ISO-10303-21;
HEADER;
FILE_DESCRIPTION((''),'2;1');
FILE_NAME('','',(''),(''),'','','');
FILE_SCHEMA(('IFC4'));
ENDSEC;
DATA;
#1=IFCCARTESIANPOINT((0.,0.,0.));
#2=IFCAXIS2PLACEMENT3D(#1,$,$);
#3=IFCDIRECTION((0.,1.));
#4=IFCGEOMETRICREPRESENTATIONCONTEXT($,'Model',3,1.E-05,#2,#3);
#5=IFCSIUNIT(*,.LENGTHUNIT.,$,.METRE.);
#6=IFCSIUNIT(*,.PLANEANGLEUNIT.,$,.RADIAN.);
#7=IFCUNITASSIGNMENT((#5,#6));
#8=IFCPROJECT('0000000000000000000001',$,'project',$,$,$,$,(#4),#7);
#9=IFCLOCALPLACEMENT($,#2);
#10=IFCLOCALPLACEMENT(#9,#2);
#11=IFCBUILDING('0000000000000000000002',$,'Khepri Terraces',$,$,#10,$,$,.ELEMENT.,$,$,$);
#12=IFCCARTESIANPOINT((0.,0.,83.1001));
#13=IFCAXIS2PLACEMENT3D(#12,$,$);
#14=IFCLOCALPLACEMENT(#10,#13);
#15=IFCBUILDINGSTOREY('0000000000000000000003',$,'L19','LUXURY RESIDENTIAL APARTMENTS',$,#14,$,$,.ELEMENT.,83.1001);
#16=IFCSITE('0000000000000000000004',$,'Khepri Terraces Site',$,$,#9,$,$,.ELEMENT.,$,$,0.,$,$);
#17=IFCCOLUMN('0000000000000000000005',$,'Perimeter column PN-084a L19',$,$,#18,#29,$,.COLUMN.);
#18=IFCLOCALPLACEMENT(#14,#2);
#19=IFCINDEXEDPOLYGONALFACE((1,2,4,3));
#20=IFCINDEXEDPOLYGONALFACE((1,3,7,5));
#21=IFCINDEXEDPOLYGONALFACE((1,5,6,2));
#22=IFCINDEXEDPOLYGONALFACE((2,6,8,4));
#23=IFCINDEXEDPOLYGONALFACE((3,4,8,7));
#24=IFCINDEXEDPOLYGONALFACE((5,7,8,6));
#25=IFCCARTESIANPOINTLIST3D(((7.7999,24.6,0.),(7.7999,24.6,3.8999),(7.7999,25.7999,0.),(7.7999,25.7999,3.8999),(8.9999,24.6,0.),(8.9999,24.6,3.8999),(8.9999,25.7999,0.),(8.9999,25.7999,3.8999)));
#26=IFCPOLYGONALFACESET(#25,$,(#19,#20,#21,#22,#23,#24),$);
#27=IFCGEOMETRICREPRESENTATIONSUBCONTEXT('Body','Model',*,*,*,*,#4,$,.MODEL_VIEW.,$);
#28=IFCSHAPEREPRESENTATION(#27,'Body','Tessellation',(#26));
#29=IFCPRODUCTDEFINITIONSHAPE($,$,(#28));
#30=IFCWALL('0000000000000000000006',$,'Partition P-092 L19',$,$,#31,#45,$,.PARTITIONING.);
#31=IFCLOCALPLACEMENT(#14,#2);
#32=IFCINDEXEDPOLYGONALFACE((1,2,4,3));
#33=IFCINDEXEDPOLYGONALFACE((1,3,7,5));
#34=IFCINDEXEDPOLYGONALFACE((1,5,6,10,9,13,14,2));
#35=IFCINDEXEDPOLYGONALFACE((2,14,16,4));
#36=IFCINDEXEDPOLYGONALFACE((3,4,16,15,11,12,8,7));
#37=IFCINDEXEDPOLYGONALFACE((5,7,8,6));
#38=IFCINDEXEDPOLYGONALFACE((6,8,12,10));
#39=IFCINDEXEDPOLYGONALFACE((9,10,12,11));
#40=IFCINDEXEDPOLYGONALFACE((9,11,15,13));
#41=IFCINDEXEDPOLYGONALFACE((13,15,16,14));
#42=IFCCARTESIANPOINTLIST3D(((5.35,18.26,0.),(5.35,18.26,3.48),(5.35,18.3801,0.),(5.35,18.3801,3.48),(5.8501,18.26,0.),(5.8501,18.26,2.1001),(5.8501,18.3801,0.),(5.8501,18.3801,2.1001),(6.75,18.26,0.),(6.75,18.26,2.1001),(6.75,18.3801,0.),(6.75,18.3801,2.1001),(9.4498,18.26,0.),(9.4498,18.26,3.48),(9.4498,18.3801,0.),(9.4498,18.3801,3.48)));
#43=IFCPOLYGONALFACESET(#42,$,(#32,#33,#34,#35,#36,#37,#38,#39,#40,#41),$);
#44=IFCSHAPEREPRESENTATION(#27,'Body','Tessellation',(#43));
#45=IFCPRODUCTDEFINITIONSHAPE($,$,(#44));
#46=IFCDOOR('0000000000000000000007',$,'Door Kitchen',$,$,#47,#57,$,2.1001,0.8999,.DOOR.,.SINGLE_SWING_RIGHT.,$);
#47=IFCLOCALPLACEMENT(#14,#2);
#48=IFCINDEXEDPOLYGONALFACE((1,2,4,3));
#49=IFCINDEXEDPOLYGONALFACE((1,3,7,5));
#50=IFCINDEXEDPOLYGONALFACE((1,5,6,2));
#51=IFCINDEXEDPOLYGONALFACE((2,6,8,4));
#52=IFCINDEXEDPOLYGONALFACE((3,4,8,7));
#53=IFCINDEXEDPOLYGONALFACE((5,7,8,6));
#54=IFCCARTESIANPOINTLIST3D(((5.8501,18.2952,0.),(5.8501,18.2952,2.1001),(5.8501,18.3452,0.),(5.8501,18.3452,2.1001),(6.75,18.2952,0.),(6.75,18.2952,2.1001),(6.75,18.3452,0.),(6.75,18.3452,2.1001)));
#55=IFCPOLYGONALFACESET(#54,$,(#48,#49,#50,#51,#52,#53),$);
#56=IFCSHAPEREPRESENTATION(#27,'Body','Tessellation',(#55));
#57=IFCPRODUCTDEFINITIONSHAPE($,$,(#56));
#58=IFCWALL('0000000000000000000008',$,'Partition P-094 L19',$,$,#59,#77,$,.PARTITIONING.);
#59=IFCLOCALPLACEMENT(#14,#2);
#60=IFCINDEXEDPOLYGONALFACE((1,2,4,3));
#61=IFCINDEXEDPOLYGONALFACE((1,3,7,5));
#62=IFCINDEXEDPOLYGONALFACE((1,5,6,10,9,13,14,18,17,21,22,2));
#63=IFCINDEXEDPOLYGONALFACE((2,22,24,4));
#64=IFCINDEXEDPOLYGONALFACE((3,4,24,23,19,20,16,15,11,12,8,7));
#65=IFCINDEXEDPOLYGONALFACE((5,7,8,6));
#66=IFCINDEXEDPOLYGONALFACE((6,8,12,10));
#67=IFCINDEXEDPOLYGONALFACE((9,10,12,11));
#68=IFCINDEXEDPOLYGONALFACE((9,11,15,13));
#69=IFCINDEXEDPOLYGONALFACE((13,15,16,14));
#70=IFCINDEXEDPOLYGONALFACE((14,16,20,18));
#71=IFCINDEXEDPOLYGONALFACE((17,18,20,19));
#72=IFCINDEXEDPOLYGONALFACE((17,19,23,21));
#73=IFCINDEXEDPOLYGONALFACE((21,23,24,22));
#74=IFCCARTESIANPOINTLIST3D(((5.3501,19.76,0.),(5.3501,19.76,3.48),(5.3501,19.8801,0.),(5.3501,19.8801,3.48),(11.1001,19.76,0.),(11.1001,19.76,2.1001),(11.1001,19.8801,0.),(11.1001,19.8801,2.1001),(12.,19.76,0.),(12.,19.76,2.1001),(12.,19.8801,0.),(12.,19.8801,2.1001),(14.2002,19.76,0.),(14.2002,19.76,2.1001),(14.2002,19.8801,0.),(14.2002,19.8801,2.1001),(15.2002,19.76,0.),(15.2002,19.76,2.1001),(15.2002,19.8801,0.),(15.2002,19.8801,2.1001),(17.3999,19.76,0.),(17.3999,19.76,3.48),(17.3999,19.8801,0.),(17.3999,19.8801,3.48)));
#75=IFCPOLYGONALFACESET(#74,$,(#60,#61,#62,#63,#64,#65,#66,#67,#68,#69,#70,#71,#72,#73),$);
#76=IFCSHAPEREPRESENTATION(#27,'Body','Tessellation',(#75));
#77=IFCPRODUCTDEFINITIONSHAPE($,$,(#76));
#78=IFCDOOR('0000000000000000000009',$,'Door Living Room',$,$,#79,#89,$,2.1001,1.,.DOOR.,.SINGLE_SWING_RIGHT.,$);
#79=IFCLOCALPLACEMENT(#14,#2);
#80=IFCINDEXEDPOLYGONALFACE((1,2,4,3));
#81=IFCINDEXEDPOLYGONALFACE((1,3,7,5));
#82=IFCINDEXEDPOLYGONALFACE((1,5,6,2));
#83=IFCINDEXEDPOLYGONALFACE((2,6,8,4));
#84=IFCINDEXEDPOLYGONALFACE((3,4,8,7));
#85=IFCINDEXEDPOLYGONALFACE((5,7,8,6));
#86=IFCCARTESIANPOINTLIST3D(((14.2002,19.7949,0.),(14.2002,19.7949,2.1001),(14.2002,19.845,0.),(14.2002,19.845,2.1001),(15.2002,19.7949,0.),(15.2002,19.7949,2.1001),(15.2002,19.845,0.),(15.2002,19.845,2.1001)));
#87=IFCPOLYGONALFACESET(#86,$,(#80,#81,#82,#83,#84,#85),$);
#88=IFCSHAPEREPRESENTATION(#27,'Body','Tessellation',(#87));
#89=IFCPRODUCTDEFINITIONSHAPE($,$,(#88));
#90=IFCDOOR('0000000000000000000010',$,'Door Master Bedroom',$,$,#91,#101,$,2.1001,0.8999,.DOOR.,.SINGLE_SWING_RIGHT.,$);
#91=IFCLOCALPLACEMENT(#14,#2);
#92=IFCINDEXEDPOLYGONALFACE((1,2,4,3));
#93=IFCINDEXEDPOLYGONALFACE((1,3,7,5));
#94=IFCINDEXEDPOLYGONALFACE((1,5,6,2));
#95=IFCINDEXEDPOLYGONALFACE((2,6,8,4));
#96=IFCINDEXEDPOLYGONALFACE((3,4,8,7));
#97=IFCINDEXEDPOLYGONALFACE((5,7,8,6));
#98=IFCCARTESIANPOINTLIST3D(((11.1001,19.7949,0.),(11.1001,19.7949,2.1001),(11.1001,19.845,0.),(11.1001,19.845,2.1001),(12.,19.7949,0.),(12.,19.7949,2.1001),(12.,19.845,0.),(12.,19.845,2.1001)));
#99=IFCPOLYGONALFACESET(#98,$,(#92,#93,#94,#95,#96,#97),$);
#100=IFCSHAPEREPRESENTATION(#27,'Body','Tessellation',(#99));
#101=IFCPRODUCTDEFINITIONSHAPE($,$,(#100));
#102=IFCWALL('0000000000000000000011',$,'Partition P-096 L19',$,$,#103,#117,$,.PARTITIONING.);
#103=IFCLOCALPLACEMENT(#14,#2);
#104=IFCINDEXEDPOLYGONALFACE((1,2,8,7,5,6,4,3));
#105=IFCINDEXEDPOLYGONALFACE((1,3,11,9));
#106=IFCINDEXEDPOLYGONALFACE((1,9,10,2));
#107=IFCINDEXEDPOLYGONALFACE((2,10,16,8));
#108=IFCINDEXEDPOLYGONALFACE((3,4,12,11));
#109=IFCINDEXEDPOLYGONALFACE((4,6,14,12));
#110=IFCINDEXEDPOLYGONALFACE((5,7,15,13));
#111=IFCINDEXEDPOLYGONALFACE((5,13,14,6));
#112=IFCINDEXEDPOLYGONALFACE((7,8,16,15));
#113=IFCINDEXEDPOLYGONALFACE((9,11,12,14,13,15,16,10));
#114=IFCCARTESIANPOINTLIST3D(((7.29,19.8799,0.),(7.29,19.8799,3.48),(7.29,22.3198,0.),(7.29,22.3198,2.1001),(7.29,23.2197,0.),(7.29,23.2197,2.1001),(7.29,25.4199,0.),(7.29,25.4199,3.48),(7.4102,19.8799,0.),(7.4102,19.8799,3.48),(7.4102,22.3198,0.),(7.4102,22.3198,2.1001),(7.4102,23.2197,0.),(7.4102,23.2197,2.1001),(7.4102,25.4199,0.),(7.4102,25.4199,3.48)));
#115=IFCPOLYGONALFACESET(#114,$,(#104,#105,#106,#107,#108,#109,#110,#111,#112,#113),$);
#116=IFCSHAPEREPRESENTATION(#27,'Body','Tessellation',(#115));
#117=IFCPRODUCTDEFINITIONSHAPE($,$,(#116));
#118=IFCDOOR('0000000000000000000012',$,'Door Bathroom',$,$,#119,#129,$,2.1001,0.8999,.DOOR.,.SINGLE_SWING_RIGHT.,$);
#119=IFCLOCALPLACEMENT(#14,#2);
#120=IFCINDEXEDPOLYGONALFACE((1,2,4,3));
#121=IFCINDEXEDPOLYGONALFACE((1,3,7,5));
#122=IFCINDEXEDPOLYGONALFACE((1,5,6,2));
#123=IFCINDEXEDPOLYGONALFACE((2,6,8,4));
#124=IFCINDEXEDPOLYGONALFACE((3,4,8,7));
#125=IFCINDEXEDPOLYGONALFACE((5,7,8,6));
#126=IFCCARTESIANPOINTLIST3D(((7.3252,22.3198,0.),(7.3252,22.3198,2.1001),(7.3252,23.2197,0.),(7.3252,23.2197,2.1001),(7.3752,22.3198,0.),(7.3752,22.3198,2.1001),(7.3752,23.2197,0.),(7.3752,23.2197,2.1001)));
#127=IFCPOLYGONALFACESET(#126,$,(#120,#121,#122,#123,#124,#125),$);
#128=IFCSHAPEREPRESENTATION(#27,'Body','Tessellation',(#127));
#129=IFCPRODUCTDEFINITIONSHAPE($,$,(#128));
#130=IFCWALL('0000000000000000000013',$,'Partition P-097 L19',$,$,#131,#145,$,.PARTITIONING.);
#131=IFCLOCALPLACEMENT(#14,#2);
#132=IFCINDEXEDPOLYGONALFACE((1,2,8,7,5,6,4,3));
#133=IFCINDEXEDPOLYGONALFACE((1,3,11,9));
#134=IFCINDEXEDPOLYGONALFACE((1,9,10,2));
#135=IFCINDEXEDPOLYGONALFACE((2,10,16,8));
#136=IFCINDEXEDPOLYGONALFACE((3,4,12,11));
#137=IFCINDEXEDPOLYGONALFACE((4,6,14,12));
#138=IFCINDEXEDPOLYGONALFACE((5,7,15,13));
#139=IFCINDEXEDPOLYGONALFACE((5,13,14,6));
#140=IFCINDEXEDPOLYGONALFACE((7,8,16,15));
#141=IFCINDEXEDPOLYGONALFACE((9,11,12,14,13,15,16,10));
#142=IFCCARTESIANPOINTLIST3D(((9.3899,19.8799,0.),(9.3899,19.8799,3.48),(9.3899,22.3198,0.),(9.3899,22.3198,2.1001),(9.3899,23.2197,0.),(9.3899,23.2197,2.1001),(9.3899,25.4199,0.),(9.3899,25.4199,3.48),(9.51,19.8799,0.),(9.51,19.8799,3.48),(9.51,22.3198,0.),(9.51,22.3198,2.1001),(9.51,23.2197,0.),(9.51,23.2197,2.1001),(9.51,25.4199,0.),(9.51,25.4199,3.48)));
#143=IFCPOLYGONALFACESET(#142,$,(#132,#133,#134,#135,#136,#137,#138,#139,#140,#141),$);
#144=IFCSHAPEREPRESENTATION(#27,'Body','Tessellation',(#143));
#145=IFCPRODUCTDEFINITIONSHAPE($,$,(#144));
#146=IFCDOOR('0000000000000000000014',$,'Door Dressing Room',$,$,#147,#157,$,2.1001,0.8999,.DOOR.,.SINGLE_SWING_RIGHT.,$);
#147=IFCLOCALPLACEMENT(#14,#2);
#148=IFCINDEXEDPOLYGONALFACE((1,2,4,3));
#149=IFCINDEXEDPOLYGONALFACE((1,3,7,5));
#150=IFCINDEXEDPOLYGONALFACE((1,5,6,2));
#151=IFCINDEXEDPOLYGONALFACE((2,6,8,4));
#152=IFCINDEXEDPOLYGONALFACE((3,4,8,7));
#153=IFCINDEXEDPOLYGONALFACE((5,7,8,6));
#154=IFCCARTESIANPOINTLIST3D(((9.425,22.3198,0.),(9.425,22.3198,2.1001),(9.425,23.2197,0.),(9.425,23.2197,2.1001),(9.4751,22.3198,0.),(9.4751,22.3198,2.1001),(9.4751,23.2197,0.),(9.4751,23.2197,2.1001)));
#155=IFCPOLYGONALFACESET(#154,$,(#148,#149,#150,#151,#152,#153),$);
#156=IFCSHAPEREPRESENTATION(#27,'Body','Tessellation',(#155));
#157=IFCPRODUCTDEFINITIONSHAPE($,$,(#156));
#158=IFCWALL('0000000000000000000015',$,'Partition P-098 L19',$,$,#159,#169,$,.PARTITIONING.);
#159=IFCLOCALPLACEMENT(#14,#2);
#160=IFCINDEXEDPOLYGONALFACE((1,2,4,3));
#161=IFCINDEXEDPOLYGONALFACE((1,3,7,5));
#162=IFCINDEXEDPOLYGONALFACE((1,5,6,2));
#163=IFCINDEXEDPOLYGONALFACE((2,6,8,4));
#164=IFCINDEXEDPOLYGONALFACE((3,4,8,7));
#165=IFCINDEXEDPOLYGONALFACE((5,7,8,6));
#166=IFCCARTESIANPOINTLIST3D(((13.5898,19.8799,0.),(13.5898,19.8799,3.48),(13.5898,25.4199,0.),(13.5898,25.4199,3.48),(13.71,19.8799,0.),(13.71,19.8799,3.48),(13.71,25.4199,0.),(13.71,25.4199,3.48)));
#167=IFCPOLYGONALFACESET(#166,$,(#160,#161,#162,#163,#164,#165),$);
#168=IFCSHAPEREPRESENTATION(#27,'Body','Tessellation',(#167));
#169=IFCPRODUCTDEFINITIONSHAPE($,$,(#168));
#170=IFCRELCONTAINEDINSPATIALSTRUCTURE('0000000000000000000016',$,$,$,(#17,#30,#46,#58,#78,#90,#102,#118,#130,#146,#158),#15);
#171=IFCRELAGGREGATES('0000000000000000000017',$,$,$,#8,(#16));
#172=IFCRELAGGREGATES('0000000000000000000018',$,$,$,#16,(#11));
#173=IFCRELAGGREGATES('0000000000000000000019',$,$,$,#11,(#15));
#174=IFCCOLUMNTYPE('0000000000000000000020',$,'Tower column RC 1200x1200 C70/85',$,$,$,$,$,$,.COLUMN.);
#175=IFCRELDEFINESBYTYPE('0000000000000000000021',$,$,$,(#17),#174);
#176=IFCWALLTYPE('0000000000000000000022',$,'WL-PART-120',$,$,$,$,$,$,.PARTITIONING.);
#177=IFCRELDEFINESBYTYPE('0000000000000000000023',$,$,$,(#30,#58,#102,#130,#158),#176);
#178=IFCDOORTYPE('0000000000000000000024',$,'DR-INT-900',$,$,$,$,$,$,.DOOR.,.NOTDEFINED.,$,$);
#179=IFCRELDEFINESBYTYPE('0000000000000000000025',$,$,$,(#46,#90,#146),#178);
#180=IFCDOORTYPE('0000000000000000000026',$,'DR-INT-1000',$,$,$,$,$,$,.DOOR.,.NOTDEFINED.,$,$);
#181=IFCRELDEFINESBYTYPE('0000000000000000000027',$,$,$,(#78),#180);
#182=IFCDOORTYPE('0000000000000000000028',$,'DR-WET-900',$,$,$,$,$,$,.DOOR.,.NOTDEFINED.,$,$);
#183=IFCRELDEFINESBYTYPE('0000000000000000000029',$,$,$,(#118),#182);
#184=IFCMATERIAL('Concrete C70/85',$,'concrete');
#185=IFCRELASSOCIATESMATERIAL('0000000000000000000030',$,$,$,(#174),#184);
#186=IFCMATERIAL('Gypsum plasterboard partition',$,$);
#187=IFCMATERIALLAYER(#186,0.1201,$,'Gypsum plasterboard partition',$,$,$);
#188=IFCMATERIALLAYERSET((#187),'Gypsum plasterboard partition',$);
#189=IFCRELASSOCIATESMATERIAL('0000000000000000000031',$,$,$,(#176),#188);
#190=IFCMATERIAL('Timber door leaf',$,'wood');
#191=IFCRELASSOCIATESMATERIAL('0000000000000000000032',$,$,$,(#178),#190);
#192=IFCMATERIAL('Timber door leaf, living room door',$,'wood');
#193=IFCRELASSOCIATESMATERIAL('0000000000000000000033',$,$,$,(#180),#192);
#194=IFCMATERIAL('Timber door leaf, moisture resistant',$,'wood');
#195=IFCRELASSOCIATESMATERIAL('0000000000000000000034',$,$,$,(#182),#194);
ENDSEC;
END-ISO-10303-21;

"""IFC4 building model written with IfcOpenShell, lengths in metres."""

from ifc_helpers import new_model, si_unit, direction, frame, frame_2d, origin, origin_2d, place, context, subcontext, project, spatial, rectangle, extrude, material, layer, layer_set, material_profile, profile_set, type_object, element, fill, save


model = new_model("IFC4")

# Units and contexts
model_context = context("Model", 3, precision=1e-05, world=origin(), true_north=direction((0.0, 1.0)))
body_context = subcontext(model_context, "Body", "Model", "MODEL_VIEW")
ifc_project = project(units=[si_unit("LENGTHUNIT", "METRE"), si_unit("PLANEANGLEUNIT", "RADIAN")], contexts=[model_context])

# Site, building, storey
site_placement = place(None, origin())
site = spatial("IfcSite", under=ifc_project, at=site_placement, Name="Khepri Terraces Site", CompositionType="ELEMENT", RefElevation=0.0)
building_placement = place(site_placement, origin())
building = spatial("IfcBuilding", under=site, at=building_placement, Name="Khepri Terraces", CompositionType="ELEMENT")
storey_placement = place(building_placement, frame((0.0, 0.0, 83.1001)))
storey = spatial("IfcBuildingStorey", under=building, at=storey_placement, Name="L19", Description="LUXURY RESIDENTIAL APARTMENTS", CompositionType="ELEMENT", Elevation=83.1001)

# Column
ifc_material_1 = material(Name="Concrete C70/85", Category="concrete")
ifc_material_profile = material_profile(ifc_material_1, rectangle(XDim=1.2, YDim=1.2, at=origin_2d()), Name="Concrete C70/85", Category="concrete")
ifc_profile_set = profile_set([ifc_material_profile], Name="Concrete C70/85")
column_type = type_object("IfcColumnType", Name="Tower column RC 1200x1200 C70/85", PredefinedType="COLUMN", material=ifc_profile_set)
column_placement = place(storey_placement, frame((8.3999, 25.2, 0.0), z_axis=(0.0, 0.0, 1.0), x_axis=(1.0, 0.0, 0.0)))
element("IfcColumn", 1, at=column_placement, inside=storey, type_object=column_type, Name="Perimeter column PN-084a L19", PredefinedType="COLUMN", context=body_context, shape_type="SweptSolid", body=[
    extrude(rectangle(XDim=1.2, YDim=1.2, at=origin_2d()), origin(), (0.0, 0.0, 1.0), 3.8999),
])

# Wall, opening, door
ifc_material_2 = material(Name="Gypsum plasterboard partition")
ifc_layer_1 = layer(ifc_material_2, 0.1201, Name="Gypsum plasterboard partition")
ifc_layer_set_1 = layer_set([ifc_layer_1], Name="Gypsum plasterboard partition")
wall_type_1 = type_object("IfcWallType", Name="WL-PART-120", PredefinedType="PARTITIONING", material=ifc_layer_set_1)
wall_1_placement = place(storey_placement, frame((5.3501, 18.3201, 0.0), z_axis=(0.0, 0.0, 1.0), x_axis=(1.0, 0.0, 0.0)))
wall_1 = element("IfcWall", 2, at=wall_1_placement, inside=storey, type_object=wall_type_1, Name="Partition P-092 L19", PredefinedType="PARTITIONING", context=body_context, shape_type="SweptSolid", body=[
    extrude(rectangle(XDim=4.0999, YDim=0.1201, at=frame_2d((2.0498, 0.0))), origin(), (0.0, 0.0, 1.0), 3.48),
])
opening_1_placement = place(wall_1_placement, frame((0.5, 0.0, 0.0)))
opening_1 = element("IfcOpeningElement", 3, at=opening_1_placement, cuts=wall_1, PredefinedType="OPENING", context=body_context, shape_type="SweptSolid", body=[
    extrude(rectangle(XDim=0.8999, YDim=2.1001, at=frame_2d((0.45, 1.05))), frame((0.0, 0.0701, 0.0), z_axis=(0.0, -1.0, 0.0), x_axis=(1.0, 0.0, 0.0)), (0.0, 0.0, 1.0), 0.1401),
])
ifc_material_3 = material(Name="Timber door leaf", Category="wood")
door_type_1 = type_object("IfcDoorType", Name="DR-INT-900", OperationType="NOTDEFINED", PredefinedType="DOOR", material=ifc_material_3)
door_1_placement = place(opening_1_placement, frame((0.8999, 0.0, 0.0), z_axis=(0.0, 0.0, 1.0), x_axis=(-1.0, 0.0, 0.0)))
door_1 = element("IfcDoor", 4, at=door_1_placement, inside=storey, type_object=door_type_1, Name="Door Kitchen", OperationType="SINGLE_SWING_RIGHT", OverallHeight=2.1001, OverallWidth=0.8999, PredefinedType="DOOR", context=body_context, shape_type="SweptSolid", body=[
    extrude(rectangle(XDim=0.8999, YDim=2.1001, at=frame_2d((0.45, 1.05))), frame((0.0, 0.0249, 0.0), z_axis=(0.0, -1.0, 0.0), x_axis=(1.0, 0.0, 0.0)), (0.0, 0.0, 1.0), 0.05),
])
fill(opening_1, door_1)

# Wall, openings, doors
wall_2_placement = place(storey_placement, frame((5.3501, 19.8201, 0.0), z_axis=(0.0, 0.0, 1.0), x_axis=(1.0, 0.0, 0.0)))
wall_2 = element("IfcWall", 5, at=wall_2_placement, inside=storey, type_object=wall_type_1, Name="Partition P-094 L19", PredefinedType="PARTITIONING", context=body_context, shape_type="SweptSolid", body=[
    extrude(rectangle(XDim=12.0498, YDim=0.1201, at=frame_2d((6.0249, 0.0))), origin(), (0.0, 0.0, 1.0), 3.48),
])
opening_2_placement = place(wall_2_placement, frame((8.8501, 0.0, 0.0)))
opening_2 = element("IfcOpeningElement", 6, at=opening_2_placement, cuts=wall_2, PredefinedType="OPENING", context=body_context, shape_type="SweptSolid", body=[
    extrude(rectangle(XDim=1.0, YDim=2.1001, at=frame_2d((0.5, 1.05))), frame((0.0, 0.0701, 0.0), z_axis=(0.0, -1.0, 0.0), x_axis=(1.0, 0.0, 0.0)), (0.0, 0.0, 1.0), 0.1401),
])
opening_3_placement = place(wall_2_placement, frame((5.75, 0.0, 0.0)))
opening_3 = element("IfcOpeningElement", 7, at=opening_3_placement, cuts=wall_2, PredefinedType="OPENING", context=body_context, shape_type="SweptSolid", body=[
    extrude(rectangle(XDim=0.8999, YDim=2.1001, at=frame_2d((0.45, 1.05))), frame((0.0, 0.0701, 0.0), z_axis=(0.0, -1.0, 0.0), x_axis=(1.0, 0.0, 0.0)), (0.0, 0.0, 1.0), 0.1401),
])
ifc_material_4 = material(Name="Timber door leaf, living room door", Category="wood")
door_type_2 = type_object("IfcDoorType", Name="DR-INT-1000", OperationType="NOTDEFINED", PredefinedType="DOOR", material=ifc_material_4)
door_2_placement = place(opening_2_placement, origin())
door_2 = element("IfcDoor", 8, at=door_2_placement, inside=storey, type_object=door_type_2, Name="Door Living Room", OperationType="SINGLE_SWING_RIGHT", OverallHeight=2.1001, OverallWidth=1.0, PredefinedType="DOOR", context=body_context, shape_type="SweptSolid", body=[
    extrude(rectangle(XDim=1.0, YDim=2.1001, at=frame_2d((0.5, 1.05))), frame((0.0, 0.0249, 0.0), z_axis=(0.0, -1.0, 0.0), x_axis=(1.0, 0.0, 0.0)), (0.0, 0.0, 1.0), 0.05),
])
fill(opening_2, door_2)
door_3_placement = place(opening_3_placement, origin())
door_3 = element("IfcDoor", 9, at=door_3_placement, inside=storey, type_object=door_type_1, Name="Door Master Bedroom", OperationType="SINGLE_SWING_RIGHT", OverallHeight=2.1001, OverallWidth=0.8999, PredefinedType="DOOR", context=body_context, shape_type="SweptSolid", body=[
    extrude(rectangle(XDim=0.8999, YDim=2.1001, at=frame_2d((0.45, 1.05))), frame((0.0, 0.0249, 0.0), z_axis=(0.0, -1.0, 0.0), x_axis=(1.0, 0.0, 0.0)), (0.0, 0.0, 1.0), 0.05),
])
fill(opening_3, door_3)

# Walls, openings, doors
wall_3_placement = place(storey_placement, frame((7.3501, 19.8799, 0.0), z_axis=(0.0, 0.0, 1.0), x_axis=(0.0, 1.0, 0.0)))
wall_3 = element("IfcWall", 10, at=wall_3_placement, inside=storey, type_object=wall_type_1, Name="Partition P-096 L19", PredefinedType="PARTITIONING", context=body_context, shape_type="SweptSolid", body=[
    extrude(rectangle(XDim=5.54, YDim=0.1201, at=frame_2d((2.77, 0.0))), origin(), (0.0, 0.0, 1.0), 3.48),
])
opening_4_placement = place(wall_3_placement, frame((2.4399, 0.0, 0.0)))
opening_4 = element("IfcOpeningElement", 11, at=opening_4_placement, cuts=wall_3, PredefinedType="OPENING", context=body_context, shape_type="SweptSolid", body=[
    extrude(rectangle(XDim=0.8999, YDim=2.1001, at=frame_2d((0.45, 1.05))), frame((0.0, 0.0701, 0.0), z_axis=(0.0, -1.0, 0.0), x_axis=(1.0, 0.0, 0.0)), (0.0, 0.0, 1.0), 0.1401),
])
ifc_material_5 = material(Name="Timber door leaf, moisture resistant", Category="wood")
door_type_3 = type_object("IfcDoorType", Name="DR-WET-900", OperationType="NOTDEFINED", PredefinedType="DOOR", material=ifc_material_5)
door_4_placement = place(opening_4_placement, origin())
door_4 = element("IfcDoor", 12, at=door_4_placement, inside=storey, type_object=door_type_3, Name="Door Bathroom", OperationType="SINGLE_SWING_RIGHT", OverallHeight=2.1001, OverallWidth=0.8999, PredefinedType="DOOR", context=body_context, shape_type="SweptSolid", body=[
    extrude(rectangle(XDim=0.8999, YDim=2.1001, at=frame_2d((0.45, 1.05))), frame((0.0, 0.0249, 0.0), z_axis=(0.0, -1.0, 0.0), x_axis=(1.0, 0.0, 0.0)), (0.0, 0.0, 1.0), 0.05),
])
fill(opening_4, door_4)
wall_4_placement = place(storey_placement, frame((9.45, 19.8799, 0.0), z_axis=(0.0, 0.0, 1.0), x_axis=(0.0, 1.0, 0.0)))
wall_4 = element("IfcWall", 13, at=wall_4_placement, inside=storey, type_object=wall_type_1, Name="Partition P-097 L19", PredefinedType="PARTITIONING", context=body_context, shape_type="SweptSolid", body=[
    extrude(rectangle(XDim=5.54, YDim=0.1201, at=frame_2d((2.77, 0.0))), origin(), (0.0, 0.0, 1.0), 3.48),
])
opening_5_placement = place(wall_4_placement, frame((2.4399, 0.0, 0.0)))
opening_5 = element("IfcOpeningElement", 14, at=opening_5_placement, cuts=wall_4, PredefinedType="OPENING", context=body_context, shape_type="SweptSolid", body=[
    extrude(rectangle(XDim=0.8999, YDim=2.1001, at=frame_2d((0.45, 1.05))), frame((0.0, 0.0701, 0.0), z_axis=(0.0, -1.0, 0.0), x_axis=(1.0, 0.0, 0.0)), (0.0, 0.0, 1.0), 0.1401),
])
door_5_placement = place(opening_5_placement, origin())
door_5 = element("IfcDoor", 15, at=door_5_placement, inside=storey, type_object=door_type_1, Name="Door Dressing Room", OperationType="SINGLE_SWING_RIGHT", OverallHeight=2.1001, OverallWidth=0.8999, PredefinedType="DOOR", context=body_context, shape_type="SweptSolid", body=[
    extrude(rectangle(XDim=0.8999, YDim=2.1001, at=frame_2d((0.45, 1.05))), frame((0.0, 0.0249, 0.0), z_axis=(0.0, -1.0, 0.0), x_axis=(1.0, 0.0, 0.0)), (0.0, 0.0, 1.0), 0.05),
])
fill(opening_5, door_5)

# Wall
wall_5_placement = place(storey_placement, frame((13.6499, 19.8799, 0.0), z_axis=(0.0, 0.0, 1.0), x_axis=(0.0, 1.0, 0.0)))
element("IfcWall", 16, at=wall_5_placement, inside=storey, type_object=wall_type_1, Name="Partition P-098 L19", PredefinedType="PARTITIONING", context=body_context, shape_type="SweptSolid", body=[
    extrude(rectangle(XDim=5.54, YDim=0.1201, at=frame_2d((2.77, 0.0))), origin(), (0.0, 0.0, 1.0), 3.48),
])

save(model, "model.ifc")
